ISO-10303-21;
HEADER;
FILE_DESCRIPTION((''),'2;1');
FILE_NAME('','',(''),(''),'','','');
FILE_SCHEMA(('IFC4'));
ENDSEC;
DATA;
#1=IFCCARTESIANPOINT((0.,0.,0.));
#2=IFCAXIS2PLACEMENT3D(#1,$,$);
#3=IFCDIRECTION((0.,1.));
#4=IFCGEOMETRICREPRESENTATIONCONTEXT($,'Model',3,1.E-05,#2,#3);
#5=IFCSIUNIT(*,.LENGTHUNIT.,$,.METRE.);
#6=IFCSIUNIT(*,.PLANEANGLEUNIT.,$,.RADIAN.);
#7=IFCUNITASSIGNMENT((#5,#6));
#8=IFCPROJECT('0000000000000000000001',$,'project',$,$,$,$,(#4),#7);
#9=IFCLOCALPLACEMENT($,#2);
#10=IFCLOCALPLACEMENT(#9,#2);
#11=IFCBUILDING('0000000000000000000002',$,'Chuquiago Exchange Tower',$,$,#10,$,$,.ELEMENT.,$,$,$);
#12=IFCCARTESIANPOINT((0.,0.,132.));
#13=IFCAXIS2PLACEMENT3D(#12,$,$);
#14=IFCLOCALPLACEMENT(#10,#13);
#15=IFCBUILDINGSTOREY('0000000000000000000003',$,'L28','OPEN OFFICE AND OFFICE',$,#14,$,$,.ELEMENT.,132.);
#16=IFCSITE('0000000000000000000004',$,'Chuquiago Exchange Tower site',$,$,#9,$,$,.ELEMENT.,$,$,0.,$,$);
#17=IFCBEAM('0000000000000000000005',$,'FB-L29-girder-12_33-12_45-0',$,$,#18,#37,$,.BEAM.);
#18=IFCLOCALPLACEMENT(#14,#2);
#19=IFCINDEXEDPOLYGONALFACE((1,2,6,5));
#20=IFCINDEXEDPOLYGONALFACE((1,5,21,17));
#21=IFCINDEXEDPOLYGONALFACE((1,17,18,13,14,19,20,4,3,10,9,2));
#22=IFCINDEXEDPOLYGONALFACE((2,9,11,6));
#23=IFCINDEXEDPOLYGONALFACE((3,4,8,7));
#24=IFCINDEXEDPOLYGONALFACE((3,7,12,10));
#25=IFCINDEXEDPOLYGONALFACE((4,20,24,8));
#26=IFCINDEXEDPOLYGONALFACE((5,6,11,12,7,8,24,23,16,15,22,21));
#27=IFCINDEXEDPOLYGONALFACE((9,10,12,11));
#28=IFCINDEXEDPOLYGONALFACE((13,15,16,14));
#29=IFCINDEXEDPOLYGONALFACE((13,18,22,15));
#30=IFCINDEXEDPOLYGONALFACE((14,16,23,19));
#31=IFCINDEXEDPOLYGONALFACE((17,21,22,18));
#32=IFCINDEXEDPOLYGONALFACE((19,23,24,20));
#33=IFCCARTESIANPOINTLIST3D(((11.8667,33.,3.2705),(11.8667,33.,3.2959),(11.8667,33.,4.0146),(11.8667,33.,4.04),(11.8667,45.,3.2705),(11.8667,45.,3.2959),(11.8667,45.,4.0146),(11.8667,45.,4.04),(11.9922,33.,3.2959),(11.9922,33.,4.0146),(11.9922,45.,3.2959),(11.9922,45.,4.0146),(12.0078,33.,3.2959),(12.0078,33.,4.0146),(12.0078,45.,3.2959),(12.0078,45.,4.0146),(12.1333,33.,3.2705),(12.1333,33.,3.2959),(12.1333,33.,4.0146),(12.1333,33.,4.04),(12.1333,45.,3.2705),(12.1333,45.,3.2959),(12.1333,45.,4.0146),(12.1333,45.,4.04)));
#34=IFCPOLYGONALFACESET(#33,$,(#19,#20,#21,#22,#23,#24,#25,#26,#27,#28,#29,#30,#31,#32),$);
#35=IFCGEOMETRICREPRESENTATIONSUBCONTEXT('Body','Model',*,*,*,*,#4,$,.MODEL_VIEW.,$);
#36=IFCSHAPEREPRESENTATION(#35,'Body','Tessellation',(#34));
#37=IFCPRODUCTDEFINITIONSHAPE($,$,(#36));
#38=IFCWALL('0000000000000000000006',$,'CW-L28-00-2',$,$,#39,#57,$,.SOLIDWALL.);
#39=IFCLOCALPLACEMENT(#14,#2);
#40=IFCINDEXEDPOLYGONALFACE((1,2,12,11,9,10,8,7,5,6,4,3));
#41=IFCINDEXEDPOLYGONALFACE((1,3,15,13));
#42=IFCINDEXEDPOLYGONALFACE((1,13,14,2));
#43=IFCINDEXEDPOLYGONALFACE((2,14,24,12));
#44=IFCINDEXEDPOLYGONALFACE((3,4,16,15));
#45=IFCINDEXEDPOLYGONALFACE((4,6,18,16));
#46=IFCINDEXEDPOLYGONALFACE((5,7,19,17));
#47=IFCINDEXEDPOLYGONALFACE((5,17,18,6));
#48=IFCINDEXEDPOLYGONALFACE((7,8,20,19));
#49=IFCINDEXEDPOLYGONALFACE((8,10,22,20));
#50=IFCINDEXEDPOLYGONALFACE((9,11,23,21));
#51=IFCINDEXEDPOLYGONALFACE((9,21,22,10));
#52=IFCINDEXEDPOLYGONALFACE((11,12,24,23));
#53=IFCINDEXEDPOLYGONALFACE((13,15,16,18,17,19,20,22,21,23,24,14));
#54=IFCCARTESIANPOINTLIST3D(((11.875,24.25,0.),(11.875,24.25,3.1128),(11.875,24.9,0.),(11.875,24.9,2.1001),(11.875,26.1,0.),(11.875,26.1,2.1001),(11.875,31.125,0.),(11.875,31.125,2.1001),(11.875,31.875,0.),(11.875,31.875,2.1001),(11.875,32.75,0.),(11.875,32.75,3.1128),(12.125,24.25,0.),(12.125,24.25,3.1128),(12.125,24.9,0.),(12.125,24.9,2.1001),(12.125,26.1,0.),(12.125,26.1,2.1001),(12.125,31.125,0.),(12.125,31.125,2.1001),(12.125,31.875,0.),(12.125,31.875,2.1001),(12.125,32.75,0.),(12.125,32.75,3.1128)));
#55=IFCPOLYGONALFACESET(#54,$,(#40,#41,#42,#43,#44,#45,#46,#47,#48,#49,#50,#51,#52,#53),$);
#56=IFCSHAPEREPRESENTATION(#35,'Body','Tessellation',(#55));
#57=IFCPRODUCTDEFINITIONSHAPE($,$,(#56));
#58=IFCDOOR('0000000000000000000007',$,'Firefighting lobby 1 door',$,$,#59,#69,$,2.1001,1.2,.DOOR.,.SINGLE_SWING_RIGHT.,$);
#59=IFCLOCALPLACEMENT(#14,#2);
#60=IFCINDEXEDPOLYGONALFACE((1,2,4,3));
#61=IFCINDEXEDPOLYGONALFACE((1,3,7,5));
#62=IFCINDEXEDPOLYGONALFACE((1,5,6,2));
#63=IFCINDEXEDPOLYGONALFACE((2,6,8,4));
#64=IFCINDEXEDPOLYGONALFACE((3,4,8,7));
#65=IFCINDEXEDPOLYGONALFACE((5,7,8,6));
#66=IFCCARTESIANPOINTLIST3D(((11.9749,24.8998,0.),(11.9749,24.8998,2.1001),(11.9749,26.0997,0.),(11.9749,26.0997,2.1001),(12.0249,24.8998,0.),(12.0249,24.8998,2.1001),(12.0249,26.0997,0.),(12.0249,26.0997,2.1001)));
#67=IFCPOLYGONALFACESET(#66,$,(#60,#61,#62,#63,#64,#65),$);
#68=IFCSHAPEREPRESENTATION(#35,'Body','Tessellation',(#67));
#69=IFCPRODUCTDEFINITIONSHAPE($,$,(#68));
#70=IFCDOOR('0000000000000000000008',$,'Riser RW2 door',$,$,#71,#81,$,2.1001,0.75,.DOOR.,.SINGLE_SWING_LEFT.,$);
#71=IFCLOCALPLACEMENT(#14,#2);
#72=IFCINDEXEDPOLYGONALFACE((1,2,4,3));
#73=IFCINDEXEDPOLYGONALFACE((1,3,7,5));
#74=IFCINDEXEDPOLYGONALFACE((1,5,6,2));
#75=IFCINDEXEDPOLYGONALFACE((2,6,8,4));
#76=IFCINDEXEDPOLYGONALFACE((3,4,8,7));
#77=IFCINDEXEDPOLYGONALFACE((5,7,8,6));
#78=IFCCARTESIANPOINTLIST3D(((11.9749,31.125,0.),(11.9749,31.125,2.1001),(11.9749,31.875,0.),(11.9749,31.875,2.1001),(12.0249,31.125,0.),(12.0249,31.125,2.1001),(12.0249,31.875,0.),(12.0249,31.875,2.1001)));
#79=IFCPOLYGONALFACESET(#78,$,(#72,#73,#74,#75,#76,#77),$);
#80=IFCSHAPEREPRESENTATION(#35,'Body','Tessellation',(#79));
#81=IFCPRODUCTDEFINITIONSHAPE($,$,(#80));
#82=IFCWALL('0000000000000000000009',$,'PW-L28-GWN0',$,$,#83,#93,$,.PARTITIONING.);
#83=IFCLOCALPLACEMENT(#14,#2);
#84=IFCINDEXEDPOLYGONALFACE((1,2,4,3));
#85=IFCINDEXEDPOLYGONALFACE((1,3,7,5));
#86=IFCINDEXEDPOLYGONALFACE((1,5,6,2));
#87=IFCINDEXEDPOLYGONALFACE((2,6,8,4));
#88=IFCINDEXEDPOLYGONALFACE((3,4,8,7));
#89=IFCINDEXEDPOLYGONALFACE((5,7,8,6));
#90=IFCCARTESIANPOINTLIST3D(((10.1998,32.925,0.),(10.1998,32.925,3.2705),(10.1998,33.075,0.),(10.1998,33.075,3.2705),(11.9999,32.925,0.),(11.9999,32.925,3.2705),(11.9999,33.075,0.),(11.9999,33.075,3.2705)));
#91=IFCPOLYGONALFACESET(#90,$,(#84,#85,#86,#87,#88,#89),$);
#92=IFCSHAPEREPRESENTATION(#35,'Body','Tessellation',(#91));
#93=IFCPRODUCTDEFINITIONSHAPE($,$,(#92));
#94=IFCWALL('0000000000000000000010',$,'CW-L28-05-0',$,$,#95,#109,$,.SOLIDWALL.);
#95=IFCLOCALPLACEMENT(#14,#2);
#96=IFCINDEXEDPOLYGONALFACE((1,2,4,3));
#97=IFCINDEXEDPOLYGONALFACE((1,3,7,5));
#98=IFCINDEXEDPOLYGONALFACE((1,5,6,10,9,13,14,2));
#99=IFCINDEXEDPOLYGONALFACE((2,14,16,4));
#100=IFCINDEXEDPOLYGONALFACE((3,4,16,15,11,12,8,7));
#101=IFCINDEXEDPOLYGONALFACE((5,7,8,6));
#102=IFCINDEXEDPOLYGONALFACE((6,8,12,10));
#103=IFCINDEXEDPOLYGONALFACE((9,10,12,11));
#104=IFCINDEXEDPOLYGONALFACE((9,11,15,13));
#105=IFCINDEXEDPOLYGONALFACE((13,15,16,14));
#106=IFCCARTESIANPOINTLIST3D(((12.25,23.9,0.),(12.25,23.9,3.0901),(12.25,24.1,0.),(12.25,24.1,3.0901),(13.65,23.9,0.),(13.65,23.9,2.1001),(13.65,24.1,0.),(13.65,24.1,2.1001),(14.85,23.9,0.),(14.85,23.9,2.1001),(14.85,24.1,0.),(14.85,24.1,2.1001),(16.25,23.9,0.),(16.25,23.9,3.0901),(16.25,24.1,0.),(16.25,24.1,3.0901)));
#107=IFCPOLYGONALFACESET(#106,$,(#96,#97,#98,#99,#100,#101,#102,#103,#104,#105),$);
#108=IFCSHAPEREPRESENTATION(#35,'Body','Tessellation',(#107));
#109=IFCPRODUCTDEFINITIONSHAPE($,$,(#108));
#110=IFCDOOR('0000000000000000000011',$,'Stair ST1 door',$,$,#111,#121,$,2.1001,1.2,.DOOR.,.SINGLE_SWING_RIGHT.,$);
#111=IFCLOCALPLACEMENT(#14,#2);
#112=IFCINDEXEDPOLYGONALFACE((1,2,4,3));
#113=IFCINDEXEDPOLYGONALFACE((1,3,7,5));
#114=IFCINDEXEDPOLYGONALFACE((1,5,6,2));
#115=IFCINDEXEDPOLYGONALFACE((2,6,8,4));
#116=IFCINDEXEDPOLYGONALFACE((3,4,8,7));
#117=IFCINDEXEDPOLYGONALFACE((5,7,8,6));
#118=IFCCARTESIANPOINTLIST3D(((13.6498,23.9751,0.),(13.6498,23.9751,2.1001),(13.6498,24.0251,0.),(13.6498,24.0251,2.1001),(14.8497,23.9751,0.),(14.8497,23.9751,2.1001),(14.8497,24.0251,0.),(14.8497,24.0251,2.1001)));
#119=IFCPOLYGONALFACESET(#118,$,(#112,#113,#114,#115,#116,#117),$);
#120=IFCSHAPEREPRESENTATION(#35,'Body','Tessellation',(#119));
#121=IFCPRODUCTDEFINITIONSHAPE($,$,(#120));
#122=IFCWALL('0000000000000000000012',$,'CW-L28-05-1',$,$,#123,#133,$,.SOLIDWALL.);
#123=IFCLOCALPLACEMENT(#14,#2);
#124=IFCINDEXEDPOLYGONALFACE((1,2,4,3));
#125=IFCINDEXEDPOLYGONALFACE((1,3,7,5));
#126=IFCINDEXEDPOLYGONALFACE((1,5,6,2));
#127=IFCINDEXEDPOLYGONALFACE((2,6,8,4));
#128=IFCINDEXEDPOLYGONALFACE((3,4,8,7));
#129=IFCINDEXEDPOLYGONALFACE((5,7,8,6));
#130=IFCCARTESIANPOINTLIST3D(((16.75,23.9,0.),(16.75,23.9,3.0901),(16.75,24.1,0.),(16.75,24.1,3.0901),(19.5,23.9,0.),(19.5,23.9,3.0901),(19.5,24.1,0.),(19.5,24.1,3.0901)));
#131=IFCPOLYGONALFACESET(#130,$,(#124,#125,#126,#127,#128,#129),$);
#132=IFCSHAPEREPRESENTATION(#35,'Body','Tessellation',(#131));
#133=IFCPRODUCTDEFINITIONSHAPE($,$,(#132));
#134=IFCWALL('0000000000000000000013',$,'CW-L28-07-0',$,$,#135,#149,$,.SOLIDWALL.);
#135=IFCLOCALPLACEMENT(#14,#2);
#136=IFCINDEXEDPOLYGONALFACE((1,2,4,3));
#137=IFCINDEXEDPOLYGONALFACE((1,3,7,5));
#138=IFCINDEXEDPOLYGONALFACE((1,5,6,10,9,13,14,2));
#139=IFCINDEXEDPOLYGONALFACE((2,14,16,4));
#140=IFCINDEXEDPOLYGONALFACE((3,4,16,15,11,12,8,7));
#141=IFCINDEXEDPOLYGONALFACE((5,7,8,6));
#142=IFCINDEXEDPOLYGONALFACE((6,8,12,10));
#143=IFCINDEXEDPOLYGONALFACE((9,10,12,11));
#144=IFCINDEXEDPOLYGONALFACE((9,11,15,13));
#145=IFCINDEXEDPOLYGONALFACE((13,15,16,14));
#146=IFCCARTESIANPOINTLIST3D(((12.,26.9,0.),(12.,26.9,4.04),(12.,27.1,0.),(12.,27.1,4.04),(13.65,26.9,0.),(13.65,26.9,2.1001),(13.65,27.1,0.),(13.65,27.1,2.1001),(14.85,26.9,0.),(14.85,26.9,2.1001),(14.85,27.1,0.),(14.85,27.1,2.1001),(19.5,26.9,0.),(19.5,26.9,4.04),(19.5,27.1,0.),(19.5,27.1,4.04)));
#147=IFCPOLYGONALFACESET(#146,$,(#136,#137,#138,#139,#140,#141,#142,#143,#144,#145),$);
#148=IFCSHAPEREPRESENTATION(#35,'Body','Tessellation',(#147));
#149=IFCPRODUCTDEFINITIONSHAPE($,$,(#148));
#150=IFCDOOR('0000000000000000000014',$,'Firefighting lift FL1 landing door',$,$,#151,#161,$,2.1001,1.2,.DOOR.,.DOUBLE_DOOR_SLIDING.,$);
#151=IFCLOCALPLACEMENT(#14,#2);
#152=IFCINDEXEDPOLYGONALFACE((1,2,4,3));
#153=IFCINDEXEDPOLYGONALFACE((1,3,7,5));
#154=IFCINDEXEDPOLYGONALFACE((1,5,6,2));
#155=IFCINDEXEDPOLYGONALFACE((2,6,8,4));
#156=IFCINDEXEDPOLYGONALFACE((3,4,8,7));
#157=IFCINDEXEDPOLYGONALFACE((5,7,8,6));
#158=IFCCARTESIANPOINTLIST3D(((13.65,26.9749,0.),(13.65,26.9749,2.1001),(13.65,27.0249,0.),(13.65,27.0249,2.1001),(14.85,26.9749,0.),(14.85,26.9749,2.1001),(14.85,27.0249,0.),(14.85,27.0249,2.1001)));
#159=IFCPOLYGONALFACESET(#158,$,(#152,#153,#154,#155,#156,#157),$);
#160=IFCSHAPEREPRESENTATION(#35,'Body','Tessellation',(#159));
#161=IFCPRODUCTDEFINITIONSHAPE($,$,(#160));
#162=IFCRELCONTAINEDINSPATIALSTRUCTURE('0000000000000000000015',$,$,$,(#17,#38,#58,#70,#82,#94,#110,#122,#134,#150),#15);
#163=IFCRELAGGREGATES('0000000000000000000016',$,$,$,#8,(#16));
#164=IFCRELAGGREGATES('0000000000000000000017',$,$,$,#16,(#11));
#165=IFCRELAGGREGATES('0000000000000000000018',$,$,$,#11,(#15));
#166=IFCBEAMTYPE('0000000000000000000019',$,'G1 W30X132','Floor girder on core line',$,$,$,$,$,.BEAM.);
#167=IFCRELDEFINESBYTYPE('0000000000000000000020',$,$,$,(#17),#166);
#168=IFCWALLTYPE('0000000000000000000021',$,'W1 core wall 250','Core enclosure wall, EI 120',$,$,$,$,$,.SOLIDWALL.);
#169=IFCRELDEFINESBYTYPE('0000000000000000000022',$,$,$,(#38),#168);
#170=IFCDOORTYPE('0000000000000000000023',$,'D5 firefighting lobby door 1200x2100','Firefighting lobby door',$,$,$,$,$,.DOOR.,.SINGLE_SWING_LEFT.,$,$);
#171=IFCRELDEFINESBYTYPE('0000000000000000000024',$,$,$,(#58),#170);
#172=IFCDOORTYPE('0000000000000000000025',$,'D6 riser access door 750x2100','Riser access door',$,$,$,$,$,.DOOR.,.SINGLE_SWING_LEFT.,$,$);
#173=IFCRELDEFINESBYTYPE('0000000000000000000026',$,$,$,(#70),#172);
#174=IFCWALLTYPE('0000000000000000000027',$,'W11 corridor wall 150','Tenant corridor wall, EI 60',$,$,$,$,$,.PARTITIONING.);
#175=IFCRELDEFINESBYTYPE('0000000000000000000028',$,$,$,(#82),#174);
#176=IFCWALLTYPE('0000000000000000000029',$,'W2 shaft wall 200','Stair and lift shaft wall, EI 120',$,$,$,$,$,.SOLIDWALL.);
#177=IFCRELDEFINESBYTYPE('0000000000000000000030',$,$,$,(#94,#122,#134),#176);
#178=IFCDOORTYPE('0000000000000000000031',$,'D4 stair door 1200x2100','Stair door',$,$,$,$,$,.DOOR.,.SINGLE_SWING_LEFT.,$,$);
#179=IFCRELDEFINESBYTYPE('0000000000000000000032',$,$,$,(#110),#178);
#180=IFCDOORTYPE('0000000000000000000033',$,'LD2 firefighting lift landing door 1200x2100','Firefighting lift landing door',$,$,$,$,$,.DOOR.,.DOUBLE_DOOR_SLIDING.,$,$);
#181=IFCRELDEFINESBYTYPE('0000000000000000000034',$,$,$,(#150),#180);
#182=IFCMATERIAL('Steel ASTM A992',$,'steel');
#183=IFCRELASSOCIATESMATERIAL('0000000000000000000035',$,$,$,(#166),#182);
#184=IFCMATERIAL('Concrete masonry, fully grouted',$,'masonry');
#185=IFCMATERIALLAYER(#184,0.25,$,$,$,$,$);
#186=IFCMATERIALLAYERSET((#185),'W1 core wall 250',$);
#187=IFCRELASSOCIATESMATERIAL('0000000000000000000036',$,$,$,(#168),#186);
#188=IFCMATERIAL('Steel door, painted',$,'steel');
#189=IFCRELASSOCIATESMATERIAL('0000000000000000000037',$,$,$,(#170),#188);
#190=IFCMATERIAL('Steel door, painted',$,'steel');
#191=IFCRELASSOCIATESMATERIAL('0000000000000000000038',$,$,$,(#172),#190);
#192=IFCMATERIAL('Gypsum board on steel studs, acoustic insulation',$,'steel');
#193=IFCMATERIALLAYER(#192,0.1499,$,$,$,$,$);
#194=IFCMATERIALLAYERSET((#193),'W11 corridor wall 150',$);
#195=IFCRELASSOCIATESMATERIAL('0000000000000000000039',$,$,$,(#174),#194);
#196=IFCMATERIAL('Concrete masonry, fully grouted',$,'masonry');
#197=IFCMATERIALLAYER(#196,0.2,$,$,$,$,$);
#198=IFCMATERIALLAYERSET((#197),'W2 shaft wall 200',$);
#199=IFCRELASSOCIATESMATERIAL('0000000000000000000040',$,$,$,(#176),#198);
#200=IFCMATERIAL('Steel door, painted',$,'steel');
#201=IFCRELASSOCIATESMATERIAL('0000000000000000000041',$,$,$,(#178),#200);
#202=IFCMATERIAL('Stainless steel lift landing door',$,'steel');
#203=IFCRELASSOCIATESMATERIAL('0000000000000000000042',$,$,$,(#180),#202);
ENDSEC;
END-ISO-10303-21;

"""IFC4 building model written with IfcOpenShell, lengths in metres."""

from ifc_helpers import new_model, si_unit, direction, frame, frame_2d, origin, origin_2d, place, context, subcontext, project, spatial, rectangle, i_section, extrude, material, layer, layer_set, material_profile, profile_set, type_object, element, fill, save


model = new_model("IFC4")

# Units and contexts
model_context = context("Model", 3, precision=1e-05, world=origin(), true_north=direction((0.0, 1.0)))
body_context = subcontext(model_context, "Body", "Model", "MODEL_VIEW")
ifc_project = project(units=[si_unit("LENGTHUNIT", "METRE"), si_unit("PLANEANGLEUNIT", "RADIAN")], contexts=[model_context])

# Site, building, storey
site_placement = place(None, origin())
site = spatial("IfcSite", under=ifc_project, at=site_placement, Name="Chuquiago Exchange Tower site", CompositionType="ELEMENT", RefElevation=0.0)
building_placement = place(site_placement, origin())
building = spatial("IfcBuilding", under=site, at=building_placement, Name="Chuquiago Exchange Tower", CompositionType="ELEMENT")
storey_placement = place(building_placement, frame((0.0, 0.0, 132.0)))
storey = spatial("IfcBuildingStorey", under=building, at=storey_placement, Name="L28", Description="OPEN OFFICE AND OFFICE", CompositionType="ELEMENT", Elevation=132.0)

# Beam
ifc_material_1 = material(Name="Steel ASTM A992", Category="steel")
ifc_material_profile_1 = material_profile(ifc_material_1, i_section(OverallWidth=0.2666, OverallDepth=0.7695, WebThickness=0.0156, FlangeThickness=0.0254, at=origin_2d()), Name="W30X132")
ifc_profile_set_1 = profile_set([ifc_material_profile_1], Name="Steel ASTM A992")
beam_type_1 = type_object("IfcBeamType", Name="G1 W30X132", Description="Floor girder on core line", PredefinedType="BEAM", material=ifc_profile_set_1)
beam_1_placement = place(storey_placement, frame((12.0, 33.0, 3.6553), z_axis=(0.0, 1.0, 0.0), x_axis=(-1.0, 0.0, 0.0)))
element("IfcBeam", 1, at=beam_1_placement, inside=storey, type_object=beam_type_1, Name="FB-L29-girder-12_33-12_45-0", PredefinedType="BEAM", context=body_context, shape_type="SweptSolid", body=[
    extrude(i_section(OverallWidth=0.2666, OverallDepth=0.7695, WebThickness=0.0156, FlangeThickness=0.0254, at=origin_2d()), origin(), (0.0, 0.0, 1.0), 12.0),
])

# Wall, openings, doors
ifc_material_2 = material(Name="Concrete masonry, fully grouted", Category="masonry")
ifc_layer_1 = layer(ifc_material_2, 0.25)
ifc_layer_set_1 = layer_set([ifc_layer_1], Name="W1 core wall 250")
wall_type_1 = type_object("IfcWallType", Name="W1 core wall 250", Description="Core enclosure wall, EI 120", PredefinedType="SOLIDWALL", material=ifc_layer_set_1)
wall_1_placement = place(storey_placement, frame((12.0, 24.25, 0.0), z_axis=(0.0, 0.0, 1.0), x_axis=(0.0, 1.0, 0.0)))
wall_1 = element("IfcWall", 2, at=wall_1_placement, inside=storey, type_object=wall_type_1, Name="CW-L28-00-2", PredefinedType="SOLIDWALL", context=body_context, shape_type="SweptSolid", body=[
    extrude(rectangle(XDim=8.5, YDim=0.25, at=frame_2d((4.25, 0.0))), origin(), (0.0, 0.0, 1.0), 3.1128),
])
opening_1_placement = place(wall_1_placement, frame((0.6499, 0.0, 0.0)))
opening_1 = element("IfcOpeningElement", 3, at=opening_1_placement, cuts=wall_1, PredefinedType="OPENING", context=body_context, shape_type="SweptSolid", body=[
    extrude(rectangle(XDim=1.2, YDim=2.1001, at=frame_2d((0.6001, 1.05))), frame((0.0, 0.135, 0.0), z_axis=(0.0, -1.0, 0.0), x_axis=(1.0, 0.0, 0.0)), (0.0, 0.0, 1.0), 0.27),
])
opening_2_placement = place(wall_1_placement, frame((6.875, 0.0, 0.0)))
opening_2 = element("IfcOpeningElement", 4, at=opening_2_placement, cuts=wall_1, PredefinedType="OPENING", context=body_context, shape_type="SweptSolid", body=[
    extrude(rectangle(XDim=0.75, YDim=2.1001, at=frame_2d((0.375, 1.05))), frame((0.0, 0.135, 0.0), z_axis=(0.0, -1.0, 0.0), x_axis=(1.0, 0.0, 0.0)), (0.0, 0.0, 1.0), 0.27),
])
ifc_material_3 = material(Name="Steel door, painted", Category="steel")
door_type_1 = type_object("IfcDoorType", Name="D5 firefighting lobby door 1200x2100", Description="Firefighting lobby door", OperationType="SINGLE_SWING_LEFT", PredefinedType="DOOR", material=ifc_material_3)
door_1_placement = place(opening_1_placement, frame((1.2, 0.0, 0.0), z_axis=(0.0, 0.0, 1.0), x_axis=(-1.0, 0.0, 0.0)))
door_1 = element("IfcDoor", 5, at=door_1_placement, inside=storey, type_object=door_type_1, Name="Firefighting lobby 1 door", OperationType="SINGLE_SWING_RIGHT", OverallHeight=2.1001, OverallWidth=1.2, PredefinedType="DOOR", context=body_context, shape_type="SweptSolid", body=[
    extrude(rectangle(XDim=1.2, YDim=2.1001, at=frame_2d((0.6001, 1.05))), frame((0.0, 0.0249, 0.0), z_axis=(0.0, -1.0, 0.0), x_axis=(1.0, 0.0, 0.0)), (0.0, 0.0, 1.0), 0.05),
])
fill(opening_1, door_1)
ifc_material_4 = material(Name="Steel door, painted", Category="steel")
door_type_2 = type_object("IfcDoorType", Name="D6 riser access door 750x2100", Description="Riser access door", OperationType="SINGLE_SWING_LEFT", PredefinedType="DOOR", material=ifc_material_4)
door_2_placement = place(opening_2_placement, frame((0.75, 0.0, 0.0), z_axis=(0.0, 0.0, 1.0), x_axis=(-1.0, 0.0, 0.0)))
door_2 = element("IfcDoor", 6, at=door_2_placement, inside=storey, type_object=door_type_2, Name="Riser RW2 door", OperationType="SINGLE_SWING_LEFT", OverallHeight=2.1001, OverallWidth=0.75, PredefinedType="DOOR", context=body_context, shape_type="SweptSolid", body=[
    extrude(rectangle(XDim=0.75, YDim=2.1001, at=frame_2d((0.375, 1.05))), frame((0.0, 0.0249, 0.0), z_axis=(0.0, -1.0, 0.0), x_axis=(1.0, 0.0, 0.0)), (0.0, 0.0, 1.0), 0.05),
])
fill(opening_2, door_2)

# Wall
ifc_material_5 = material(Name="Gypsum board on steel studs, acoustic insulation", Category="steel")
ifc_layer_2 = layer(ifc_material_5, 0.1499)
ifc_layer_set_2 = layer_set([ifc_layer_2], Name="W11 corridor wall 150")
wall_type_2 = type_object("IfcWallType", Name="W11 corridor wall 150", Description="Tenant corridor wall, EI 60", PredefinedType="PARTITIONING", material=ifc_layer_set_2)
wall_2_placement = place(storey_placement, frame((10.2, 33.0, 0.0), z_axis=(0.0, 0.0, 1.0), x_axis=(1.0, 0.0, 0.0)))
element("IfcWall", 7, at=wall_2_placement, inside=storey, type_object=wall_type_2, Name="PW-L28-GWN0", PredefinedType="PARTITIONING", context=body_context, shape_type="SweptSolid", body=[
    extrude(rectangle(XDim=1.8, YDim=0.1499, at=frame_2d((0.8999, 0.0))), origin(), (0.0, 0.0, 1.0), 3.2705),
])

# Wall, opening, door
ifc_material_6 = material(Name="Concrete masonry, fully grouted", Category="masonry")
ifc_layer_3 = layer(ifc_material_6, 0.2)
ifc_layer_set_3 = layer_set([ifc_layer_3], Name="W2 shaft wall 200")
wall_type_3 = type_object("IfcWallType", Name="W2 shaft wall 200", Description="Stair and lift shaft wall, EI 120", PredefinedType="SOLIDWALL", material=ifc_layer_set_3)
wall_3_placement = place(storey_placement, frame((12.25, 24.0, 0.0), z_axis=(0.0, 0.0, 1.0), x_axis=(1.0, 0.0, 0.0)))
wall_3 = element("IfcWall", 8, at=wall_3_placement, inside=storey, type_object=wall_type_3, Name="CW-L28-05-0", PredefinedType="SOLIDWALL", context=body_context, shape_type="SweptSolid", body=[
    extrude(rectangle(XDim=4.0, YDim=0.2, at=frame_2d((2.0, 0.0))), origin(), (0.0, 0.0, 1.0), 3.0901),
])
opening_3_placement = place(wall_3_placement, frame((1.3999, 0.0, 0.0)))
opening_3 = element("IfcOpeningElement", 9, at=opening_3_placement, cuts=wall_3, PredefinedType="OPENING", context=body_context, shape_type="SweptSolid", body=[
    extrude(rectangle(XDim=1.2, YDim=2.1001, at=frame_2d((0.6001, 1.05))), frame((0.0, 0.1099, 0.0), z_axis=(0.0, -1.0, 0.0), x_axis=(1.0, 0.0, 0.0)), (0.0, 0.0, 1.0), 0.22),
])
ifc_material_7 = material(Name="Steel door, painted", Category="steel")
door_type_3 = type_object("IfcDoorType", Name="D4 stair door 1200x2100", Description="Stair door", OperationType="SINGLE_SWING_LEFT", PredefinedType="DOOR", material=ifc_material_7)
door_3_placement = place(opening_3_placement, frame((1.2, 0.0, 0.0), z_axis=(0.0, 0.0, 1.0), x_axis=(-1.0, 0.0, 0.0)))
door_3 = element("IfcDoor", 10, at=door_3_placement, inside=storey, type_object=door_type_3, Name="Stair ST1 door", OperationType="SINGLE_SWING_RIGHT", OverallHeight=2.1001, OverallWidth=1.2, PredefinedType="DOOR", context=body_context, shape_type="SweptSolid", body=[
    extrude(rectangle(XDim=1.2, YDim=2.1001, at=frame_2d((0.6001, 1.05))), frame((0.0, 0.0249, 0.0), z_axis=(0.0, -1.0, 0.0), x_axis=(1.0, 0.0, 0.0)), (0.0, 0.0, 1.0), 0.05),
])
fill(opening_3, door_3)

# Wall
wall_4_placement = place(storey_placement, frame((16.75, 24.0, 0.0), z_axis=(0.0, 0.0, 1.0), x_axis=(1.0, 0.0, 0.0)))
element("IfcWall", 11, at=wall_4_placement, inside=storey, type_object=wall_type_3, Name="CW-L28-05-1", PredefinedType="SOLIDWALL", context=body_context, shape_type="SweptSolid", body=[
    extrude(rectangle(XDim=2.75, YDim=0.2, at=frame_2d((1.375, 0.0))), origin(), (0.0, 0.0, 1.0), 3.0901),
])

# Wall, opening, door
wall_5_placement = place(storey_placement, frame((12.0, 27.0, 0.0), z_axis=(0.0, 0.0, 1.0), x_axis=(1.0, 0.0, 0.0)))
wall_5 = element("IfcWall", 12, at=wall_5_placement, inside=storey, type_object=wall_type_3, Name="CW-L28-07-0", PredefinedType="SOLIDWALL", context=body_context, shape_type="SweptSolid", body=[
    extrude(rectangle(XDim=7.5, YDim=0.2, at=frame_2d((3.75, 0.0))), origin(), (0.0, 0.0, 1.0), 4.04),
])
opening_4_placement = place(wall_5_placement, frame((1.6499, 0.0, 0.0)))
opening_4 = element("IfcOpeningElement", 13, at=opening_4_placement, cuts=wall_5, PredefinedType="OPENING", context=body_context, shape_type="SweptSolid", body=[
    extrude(rectangle(XDim=1.2, YDim=2.1001, at=frame_2d((0.6001, 1.05))), frame((0.0, 0.1099, 0.0), z_axis=(0.0, -1.0, 0.0), x_axis=(1.0, 0.0, 0.0)), (0.0, 0.0, 1.0), 0.22),
])
ifc_material_8 = material(Name="Stainless steel lift landing door", Category="steel")
door_type_4 = type_object("IfcDoorType", Name="LD2 firefighting lift landing door 1200x2100", Description="Firefighting lift landing door", OperationType="DOUBLE_DOOR_SLIDING", PredefinedType="DOOR", material=ifc_material_8)
door_4_placement = place(opening_4_placement, origin())
door_4 = element("IfcDoor", 14, at=door_4_placement, inside=storey, type_object=door_type_4, Name="Firefighting lift FL1 landing door", OperationType="DOUBLE_DOOR_SLIDING", OverallHeight=2.1001, OverallWidth=1.2, PredefinedType="DOOR", context=body_context, shape_type="SweptSolid", body=[
    extrude(rectangle(XDim=1.2, YDim=2.1001, at=frame_2d((0.6001, 1.05))), frame((0.0, 0.0249, 0.0), z_axis=(0.0, -1.0, 0.0), x_axis=(1.0, 0.0, 0.0)), (0.0, 0.0, 1.0), 0.05),
])
fill(opening_4, door_4)

save(model, "model.ifc")
